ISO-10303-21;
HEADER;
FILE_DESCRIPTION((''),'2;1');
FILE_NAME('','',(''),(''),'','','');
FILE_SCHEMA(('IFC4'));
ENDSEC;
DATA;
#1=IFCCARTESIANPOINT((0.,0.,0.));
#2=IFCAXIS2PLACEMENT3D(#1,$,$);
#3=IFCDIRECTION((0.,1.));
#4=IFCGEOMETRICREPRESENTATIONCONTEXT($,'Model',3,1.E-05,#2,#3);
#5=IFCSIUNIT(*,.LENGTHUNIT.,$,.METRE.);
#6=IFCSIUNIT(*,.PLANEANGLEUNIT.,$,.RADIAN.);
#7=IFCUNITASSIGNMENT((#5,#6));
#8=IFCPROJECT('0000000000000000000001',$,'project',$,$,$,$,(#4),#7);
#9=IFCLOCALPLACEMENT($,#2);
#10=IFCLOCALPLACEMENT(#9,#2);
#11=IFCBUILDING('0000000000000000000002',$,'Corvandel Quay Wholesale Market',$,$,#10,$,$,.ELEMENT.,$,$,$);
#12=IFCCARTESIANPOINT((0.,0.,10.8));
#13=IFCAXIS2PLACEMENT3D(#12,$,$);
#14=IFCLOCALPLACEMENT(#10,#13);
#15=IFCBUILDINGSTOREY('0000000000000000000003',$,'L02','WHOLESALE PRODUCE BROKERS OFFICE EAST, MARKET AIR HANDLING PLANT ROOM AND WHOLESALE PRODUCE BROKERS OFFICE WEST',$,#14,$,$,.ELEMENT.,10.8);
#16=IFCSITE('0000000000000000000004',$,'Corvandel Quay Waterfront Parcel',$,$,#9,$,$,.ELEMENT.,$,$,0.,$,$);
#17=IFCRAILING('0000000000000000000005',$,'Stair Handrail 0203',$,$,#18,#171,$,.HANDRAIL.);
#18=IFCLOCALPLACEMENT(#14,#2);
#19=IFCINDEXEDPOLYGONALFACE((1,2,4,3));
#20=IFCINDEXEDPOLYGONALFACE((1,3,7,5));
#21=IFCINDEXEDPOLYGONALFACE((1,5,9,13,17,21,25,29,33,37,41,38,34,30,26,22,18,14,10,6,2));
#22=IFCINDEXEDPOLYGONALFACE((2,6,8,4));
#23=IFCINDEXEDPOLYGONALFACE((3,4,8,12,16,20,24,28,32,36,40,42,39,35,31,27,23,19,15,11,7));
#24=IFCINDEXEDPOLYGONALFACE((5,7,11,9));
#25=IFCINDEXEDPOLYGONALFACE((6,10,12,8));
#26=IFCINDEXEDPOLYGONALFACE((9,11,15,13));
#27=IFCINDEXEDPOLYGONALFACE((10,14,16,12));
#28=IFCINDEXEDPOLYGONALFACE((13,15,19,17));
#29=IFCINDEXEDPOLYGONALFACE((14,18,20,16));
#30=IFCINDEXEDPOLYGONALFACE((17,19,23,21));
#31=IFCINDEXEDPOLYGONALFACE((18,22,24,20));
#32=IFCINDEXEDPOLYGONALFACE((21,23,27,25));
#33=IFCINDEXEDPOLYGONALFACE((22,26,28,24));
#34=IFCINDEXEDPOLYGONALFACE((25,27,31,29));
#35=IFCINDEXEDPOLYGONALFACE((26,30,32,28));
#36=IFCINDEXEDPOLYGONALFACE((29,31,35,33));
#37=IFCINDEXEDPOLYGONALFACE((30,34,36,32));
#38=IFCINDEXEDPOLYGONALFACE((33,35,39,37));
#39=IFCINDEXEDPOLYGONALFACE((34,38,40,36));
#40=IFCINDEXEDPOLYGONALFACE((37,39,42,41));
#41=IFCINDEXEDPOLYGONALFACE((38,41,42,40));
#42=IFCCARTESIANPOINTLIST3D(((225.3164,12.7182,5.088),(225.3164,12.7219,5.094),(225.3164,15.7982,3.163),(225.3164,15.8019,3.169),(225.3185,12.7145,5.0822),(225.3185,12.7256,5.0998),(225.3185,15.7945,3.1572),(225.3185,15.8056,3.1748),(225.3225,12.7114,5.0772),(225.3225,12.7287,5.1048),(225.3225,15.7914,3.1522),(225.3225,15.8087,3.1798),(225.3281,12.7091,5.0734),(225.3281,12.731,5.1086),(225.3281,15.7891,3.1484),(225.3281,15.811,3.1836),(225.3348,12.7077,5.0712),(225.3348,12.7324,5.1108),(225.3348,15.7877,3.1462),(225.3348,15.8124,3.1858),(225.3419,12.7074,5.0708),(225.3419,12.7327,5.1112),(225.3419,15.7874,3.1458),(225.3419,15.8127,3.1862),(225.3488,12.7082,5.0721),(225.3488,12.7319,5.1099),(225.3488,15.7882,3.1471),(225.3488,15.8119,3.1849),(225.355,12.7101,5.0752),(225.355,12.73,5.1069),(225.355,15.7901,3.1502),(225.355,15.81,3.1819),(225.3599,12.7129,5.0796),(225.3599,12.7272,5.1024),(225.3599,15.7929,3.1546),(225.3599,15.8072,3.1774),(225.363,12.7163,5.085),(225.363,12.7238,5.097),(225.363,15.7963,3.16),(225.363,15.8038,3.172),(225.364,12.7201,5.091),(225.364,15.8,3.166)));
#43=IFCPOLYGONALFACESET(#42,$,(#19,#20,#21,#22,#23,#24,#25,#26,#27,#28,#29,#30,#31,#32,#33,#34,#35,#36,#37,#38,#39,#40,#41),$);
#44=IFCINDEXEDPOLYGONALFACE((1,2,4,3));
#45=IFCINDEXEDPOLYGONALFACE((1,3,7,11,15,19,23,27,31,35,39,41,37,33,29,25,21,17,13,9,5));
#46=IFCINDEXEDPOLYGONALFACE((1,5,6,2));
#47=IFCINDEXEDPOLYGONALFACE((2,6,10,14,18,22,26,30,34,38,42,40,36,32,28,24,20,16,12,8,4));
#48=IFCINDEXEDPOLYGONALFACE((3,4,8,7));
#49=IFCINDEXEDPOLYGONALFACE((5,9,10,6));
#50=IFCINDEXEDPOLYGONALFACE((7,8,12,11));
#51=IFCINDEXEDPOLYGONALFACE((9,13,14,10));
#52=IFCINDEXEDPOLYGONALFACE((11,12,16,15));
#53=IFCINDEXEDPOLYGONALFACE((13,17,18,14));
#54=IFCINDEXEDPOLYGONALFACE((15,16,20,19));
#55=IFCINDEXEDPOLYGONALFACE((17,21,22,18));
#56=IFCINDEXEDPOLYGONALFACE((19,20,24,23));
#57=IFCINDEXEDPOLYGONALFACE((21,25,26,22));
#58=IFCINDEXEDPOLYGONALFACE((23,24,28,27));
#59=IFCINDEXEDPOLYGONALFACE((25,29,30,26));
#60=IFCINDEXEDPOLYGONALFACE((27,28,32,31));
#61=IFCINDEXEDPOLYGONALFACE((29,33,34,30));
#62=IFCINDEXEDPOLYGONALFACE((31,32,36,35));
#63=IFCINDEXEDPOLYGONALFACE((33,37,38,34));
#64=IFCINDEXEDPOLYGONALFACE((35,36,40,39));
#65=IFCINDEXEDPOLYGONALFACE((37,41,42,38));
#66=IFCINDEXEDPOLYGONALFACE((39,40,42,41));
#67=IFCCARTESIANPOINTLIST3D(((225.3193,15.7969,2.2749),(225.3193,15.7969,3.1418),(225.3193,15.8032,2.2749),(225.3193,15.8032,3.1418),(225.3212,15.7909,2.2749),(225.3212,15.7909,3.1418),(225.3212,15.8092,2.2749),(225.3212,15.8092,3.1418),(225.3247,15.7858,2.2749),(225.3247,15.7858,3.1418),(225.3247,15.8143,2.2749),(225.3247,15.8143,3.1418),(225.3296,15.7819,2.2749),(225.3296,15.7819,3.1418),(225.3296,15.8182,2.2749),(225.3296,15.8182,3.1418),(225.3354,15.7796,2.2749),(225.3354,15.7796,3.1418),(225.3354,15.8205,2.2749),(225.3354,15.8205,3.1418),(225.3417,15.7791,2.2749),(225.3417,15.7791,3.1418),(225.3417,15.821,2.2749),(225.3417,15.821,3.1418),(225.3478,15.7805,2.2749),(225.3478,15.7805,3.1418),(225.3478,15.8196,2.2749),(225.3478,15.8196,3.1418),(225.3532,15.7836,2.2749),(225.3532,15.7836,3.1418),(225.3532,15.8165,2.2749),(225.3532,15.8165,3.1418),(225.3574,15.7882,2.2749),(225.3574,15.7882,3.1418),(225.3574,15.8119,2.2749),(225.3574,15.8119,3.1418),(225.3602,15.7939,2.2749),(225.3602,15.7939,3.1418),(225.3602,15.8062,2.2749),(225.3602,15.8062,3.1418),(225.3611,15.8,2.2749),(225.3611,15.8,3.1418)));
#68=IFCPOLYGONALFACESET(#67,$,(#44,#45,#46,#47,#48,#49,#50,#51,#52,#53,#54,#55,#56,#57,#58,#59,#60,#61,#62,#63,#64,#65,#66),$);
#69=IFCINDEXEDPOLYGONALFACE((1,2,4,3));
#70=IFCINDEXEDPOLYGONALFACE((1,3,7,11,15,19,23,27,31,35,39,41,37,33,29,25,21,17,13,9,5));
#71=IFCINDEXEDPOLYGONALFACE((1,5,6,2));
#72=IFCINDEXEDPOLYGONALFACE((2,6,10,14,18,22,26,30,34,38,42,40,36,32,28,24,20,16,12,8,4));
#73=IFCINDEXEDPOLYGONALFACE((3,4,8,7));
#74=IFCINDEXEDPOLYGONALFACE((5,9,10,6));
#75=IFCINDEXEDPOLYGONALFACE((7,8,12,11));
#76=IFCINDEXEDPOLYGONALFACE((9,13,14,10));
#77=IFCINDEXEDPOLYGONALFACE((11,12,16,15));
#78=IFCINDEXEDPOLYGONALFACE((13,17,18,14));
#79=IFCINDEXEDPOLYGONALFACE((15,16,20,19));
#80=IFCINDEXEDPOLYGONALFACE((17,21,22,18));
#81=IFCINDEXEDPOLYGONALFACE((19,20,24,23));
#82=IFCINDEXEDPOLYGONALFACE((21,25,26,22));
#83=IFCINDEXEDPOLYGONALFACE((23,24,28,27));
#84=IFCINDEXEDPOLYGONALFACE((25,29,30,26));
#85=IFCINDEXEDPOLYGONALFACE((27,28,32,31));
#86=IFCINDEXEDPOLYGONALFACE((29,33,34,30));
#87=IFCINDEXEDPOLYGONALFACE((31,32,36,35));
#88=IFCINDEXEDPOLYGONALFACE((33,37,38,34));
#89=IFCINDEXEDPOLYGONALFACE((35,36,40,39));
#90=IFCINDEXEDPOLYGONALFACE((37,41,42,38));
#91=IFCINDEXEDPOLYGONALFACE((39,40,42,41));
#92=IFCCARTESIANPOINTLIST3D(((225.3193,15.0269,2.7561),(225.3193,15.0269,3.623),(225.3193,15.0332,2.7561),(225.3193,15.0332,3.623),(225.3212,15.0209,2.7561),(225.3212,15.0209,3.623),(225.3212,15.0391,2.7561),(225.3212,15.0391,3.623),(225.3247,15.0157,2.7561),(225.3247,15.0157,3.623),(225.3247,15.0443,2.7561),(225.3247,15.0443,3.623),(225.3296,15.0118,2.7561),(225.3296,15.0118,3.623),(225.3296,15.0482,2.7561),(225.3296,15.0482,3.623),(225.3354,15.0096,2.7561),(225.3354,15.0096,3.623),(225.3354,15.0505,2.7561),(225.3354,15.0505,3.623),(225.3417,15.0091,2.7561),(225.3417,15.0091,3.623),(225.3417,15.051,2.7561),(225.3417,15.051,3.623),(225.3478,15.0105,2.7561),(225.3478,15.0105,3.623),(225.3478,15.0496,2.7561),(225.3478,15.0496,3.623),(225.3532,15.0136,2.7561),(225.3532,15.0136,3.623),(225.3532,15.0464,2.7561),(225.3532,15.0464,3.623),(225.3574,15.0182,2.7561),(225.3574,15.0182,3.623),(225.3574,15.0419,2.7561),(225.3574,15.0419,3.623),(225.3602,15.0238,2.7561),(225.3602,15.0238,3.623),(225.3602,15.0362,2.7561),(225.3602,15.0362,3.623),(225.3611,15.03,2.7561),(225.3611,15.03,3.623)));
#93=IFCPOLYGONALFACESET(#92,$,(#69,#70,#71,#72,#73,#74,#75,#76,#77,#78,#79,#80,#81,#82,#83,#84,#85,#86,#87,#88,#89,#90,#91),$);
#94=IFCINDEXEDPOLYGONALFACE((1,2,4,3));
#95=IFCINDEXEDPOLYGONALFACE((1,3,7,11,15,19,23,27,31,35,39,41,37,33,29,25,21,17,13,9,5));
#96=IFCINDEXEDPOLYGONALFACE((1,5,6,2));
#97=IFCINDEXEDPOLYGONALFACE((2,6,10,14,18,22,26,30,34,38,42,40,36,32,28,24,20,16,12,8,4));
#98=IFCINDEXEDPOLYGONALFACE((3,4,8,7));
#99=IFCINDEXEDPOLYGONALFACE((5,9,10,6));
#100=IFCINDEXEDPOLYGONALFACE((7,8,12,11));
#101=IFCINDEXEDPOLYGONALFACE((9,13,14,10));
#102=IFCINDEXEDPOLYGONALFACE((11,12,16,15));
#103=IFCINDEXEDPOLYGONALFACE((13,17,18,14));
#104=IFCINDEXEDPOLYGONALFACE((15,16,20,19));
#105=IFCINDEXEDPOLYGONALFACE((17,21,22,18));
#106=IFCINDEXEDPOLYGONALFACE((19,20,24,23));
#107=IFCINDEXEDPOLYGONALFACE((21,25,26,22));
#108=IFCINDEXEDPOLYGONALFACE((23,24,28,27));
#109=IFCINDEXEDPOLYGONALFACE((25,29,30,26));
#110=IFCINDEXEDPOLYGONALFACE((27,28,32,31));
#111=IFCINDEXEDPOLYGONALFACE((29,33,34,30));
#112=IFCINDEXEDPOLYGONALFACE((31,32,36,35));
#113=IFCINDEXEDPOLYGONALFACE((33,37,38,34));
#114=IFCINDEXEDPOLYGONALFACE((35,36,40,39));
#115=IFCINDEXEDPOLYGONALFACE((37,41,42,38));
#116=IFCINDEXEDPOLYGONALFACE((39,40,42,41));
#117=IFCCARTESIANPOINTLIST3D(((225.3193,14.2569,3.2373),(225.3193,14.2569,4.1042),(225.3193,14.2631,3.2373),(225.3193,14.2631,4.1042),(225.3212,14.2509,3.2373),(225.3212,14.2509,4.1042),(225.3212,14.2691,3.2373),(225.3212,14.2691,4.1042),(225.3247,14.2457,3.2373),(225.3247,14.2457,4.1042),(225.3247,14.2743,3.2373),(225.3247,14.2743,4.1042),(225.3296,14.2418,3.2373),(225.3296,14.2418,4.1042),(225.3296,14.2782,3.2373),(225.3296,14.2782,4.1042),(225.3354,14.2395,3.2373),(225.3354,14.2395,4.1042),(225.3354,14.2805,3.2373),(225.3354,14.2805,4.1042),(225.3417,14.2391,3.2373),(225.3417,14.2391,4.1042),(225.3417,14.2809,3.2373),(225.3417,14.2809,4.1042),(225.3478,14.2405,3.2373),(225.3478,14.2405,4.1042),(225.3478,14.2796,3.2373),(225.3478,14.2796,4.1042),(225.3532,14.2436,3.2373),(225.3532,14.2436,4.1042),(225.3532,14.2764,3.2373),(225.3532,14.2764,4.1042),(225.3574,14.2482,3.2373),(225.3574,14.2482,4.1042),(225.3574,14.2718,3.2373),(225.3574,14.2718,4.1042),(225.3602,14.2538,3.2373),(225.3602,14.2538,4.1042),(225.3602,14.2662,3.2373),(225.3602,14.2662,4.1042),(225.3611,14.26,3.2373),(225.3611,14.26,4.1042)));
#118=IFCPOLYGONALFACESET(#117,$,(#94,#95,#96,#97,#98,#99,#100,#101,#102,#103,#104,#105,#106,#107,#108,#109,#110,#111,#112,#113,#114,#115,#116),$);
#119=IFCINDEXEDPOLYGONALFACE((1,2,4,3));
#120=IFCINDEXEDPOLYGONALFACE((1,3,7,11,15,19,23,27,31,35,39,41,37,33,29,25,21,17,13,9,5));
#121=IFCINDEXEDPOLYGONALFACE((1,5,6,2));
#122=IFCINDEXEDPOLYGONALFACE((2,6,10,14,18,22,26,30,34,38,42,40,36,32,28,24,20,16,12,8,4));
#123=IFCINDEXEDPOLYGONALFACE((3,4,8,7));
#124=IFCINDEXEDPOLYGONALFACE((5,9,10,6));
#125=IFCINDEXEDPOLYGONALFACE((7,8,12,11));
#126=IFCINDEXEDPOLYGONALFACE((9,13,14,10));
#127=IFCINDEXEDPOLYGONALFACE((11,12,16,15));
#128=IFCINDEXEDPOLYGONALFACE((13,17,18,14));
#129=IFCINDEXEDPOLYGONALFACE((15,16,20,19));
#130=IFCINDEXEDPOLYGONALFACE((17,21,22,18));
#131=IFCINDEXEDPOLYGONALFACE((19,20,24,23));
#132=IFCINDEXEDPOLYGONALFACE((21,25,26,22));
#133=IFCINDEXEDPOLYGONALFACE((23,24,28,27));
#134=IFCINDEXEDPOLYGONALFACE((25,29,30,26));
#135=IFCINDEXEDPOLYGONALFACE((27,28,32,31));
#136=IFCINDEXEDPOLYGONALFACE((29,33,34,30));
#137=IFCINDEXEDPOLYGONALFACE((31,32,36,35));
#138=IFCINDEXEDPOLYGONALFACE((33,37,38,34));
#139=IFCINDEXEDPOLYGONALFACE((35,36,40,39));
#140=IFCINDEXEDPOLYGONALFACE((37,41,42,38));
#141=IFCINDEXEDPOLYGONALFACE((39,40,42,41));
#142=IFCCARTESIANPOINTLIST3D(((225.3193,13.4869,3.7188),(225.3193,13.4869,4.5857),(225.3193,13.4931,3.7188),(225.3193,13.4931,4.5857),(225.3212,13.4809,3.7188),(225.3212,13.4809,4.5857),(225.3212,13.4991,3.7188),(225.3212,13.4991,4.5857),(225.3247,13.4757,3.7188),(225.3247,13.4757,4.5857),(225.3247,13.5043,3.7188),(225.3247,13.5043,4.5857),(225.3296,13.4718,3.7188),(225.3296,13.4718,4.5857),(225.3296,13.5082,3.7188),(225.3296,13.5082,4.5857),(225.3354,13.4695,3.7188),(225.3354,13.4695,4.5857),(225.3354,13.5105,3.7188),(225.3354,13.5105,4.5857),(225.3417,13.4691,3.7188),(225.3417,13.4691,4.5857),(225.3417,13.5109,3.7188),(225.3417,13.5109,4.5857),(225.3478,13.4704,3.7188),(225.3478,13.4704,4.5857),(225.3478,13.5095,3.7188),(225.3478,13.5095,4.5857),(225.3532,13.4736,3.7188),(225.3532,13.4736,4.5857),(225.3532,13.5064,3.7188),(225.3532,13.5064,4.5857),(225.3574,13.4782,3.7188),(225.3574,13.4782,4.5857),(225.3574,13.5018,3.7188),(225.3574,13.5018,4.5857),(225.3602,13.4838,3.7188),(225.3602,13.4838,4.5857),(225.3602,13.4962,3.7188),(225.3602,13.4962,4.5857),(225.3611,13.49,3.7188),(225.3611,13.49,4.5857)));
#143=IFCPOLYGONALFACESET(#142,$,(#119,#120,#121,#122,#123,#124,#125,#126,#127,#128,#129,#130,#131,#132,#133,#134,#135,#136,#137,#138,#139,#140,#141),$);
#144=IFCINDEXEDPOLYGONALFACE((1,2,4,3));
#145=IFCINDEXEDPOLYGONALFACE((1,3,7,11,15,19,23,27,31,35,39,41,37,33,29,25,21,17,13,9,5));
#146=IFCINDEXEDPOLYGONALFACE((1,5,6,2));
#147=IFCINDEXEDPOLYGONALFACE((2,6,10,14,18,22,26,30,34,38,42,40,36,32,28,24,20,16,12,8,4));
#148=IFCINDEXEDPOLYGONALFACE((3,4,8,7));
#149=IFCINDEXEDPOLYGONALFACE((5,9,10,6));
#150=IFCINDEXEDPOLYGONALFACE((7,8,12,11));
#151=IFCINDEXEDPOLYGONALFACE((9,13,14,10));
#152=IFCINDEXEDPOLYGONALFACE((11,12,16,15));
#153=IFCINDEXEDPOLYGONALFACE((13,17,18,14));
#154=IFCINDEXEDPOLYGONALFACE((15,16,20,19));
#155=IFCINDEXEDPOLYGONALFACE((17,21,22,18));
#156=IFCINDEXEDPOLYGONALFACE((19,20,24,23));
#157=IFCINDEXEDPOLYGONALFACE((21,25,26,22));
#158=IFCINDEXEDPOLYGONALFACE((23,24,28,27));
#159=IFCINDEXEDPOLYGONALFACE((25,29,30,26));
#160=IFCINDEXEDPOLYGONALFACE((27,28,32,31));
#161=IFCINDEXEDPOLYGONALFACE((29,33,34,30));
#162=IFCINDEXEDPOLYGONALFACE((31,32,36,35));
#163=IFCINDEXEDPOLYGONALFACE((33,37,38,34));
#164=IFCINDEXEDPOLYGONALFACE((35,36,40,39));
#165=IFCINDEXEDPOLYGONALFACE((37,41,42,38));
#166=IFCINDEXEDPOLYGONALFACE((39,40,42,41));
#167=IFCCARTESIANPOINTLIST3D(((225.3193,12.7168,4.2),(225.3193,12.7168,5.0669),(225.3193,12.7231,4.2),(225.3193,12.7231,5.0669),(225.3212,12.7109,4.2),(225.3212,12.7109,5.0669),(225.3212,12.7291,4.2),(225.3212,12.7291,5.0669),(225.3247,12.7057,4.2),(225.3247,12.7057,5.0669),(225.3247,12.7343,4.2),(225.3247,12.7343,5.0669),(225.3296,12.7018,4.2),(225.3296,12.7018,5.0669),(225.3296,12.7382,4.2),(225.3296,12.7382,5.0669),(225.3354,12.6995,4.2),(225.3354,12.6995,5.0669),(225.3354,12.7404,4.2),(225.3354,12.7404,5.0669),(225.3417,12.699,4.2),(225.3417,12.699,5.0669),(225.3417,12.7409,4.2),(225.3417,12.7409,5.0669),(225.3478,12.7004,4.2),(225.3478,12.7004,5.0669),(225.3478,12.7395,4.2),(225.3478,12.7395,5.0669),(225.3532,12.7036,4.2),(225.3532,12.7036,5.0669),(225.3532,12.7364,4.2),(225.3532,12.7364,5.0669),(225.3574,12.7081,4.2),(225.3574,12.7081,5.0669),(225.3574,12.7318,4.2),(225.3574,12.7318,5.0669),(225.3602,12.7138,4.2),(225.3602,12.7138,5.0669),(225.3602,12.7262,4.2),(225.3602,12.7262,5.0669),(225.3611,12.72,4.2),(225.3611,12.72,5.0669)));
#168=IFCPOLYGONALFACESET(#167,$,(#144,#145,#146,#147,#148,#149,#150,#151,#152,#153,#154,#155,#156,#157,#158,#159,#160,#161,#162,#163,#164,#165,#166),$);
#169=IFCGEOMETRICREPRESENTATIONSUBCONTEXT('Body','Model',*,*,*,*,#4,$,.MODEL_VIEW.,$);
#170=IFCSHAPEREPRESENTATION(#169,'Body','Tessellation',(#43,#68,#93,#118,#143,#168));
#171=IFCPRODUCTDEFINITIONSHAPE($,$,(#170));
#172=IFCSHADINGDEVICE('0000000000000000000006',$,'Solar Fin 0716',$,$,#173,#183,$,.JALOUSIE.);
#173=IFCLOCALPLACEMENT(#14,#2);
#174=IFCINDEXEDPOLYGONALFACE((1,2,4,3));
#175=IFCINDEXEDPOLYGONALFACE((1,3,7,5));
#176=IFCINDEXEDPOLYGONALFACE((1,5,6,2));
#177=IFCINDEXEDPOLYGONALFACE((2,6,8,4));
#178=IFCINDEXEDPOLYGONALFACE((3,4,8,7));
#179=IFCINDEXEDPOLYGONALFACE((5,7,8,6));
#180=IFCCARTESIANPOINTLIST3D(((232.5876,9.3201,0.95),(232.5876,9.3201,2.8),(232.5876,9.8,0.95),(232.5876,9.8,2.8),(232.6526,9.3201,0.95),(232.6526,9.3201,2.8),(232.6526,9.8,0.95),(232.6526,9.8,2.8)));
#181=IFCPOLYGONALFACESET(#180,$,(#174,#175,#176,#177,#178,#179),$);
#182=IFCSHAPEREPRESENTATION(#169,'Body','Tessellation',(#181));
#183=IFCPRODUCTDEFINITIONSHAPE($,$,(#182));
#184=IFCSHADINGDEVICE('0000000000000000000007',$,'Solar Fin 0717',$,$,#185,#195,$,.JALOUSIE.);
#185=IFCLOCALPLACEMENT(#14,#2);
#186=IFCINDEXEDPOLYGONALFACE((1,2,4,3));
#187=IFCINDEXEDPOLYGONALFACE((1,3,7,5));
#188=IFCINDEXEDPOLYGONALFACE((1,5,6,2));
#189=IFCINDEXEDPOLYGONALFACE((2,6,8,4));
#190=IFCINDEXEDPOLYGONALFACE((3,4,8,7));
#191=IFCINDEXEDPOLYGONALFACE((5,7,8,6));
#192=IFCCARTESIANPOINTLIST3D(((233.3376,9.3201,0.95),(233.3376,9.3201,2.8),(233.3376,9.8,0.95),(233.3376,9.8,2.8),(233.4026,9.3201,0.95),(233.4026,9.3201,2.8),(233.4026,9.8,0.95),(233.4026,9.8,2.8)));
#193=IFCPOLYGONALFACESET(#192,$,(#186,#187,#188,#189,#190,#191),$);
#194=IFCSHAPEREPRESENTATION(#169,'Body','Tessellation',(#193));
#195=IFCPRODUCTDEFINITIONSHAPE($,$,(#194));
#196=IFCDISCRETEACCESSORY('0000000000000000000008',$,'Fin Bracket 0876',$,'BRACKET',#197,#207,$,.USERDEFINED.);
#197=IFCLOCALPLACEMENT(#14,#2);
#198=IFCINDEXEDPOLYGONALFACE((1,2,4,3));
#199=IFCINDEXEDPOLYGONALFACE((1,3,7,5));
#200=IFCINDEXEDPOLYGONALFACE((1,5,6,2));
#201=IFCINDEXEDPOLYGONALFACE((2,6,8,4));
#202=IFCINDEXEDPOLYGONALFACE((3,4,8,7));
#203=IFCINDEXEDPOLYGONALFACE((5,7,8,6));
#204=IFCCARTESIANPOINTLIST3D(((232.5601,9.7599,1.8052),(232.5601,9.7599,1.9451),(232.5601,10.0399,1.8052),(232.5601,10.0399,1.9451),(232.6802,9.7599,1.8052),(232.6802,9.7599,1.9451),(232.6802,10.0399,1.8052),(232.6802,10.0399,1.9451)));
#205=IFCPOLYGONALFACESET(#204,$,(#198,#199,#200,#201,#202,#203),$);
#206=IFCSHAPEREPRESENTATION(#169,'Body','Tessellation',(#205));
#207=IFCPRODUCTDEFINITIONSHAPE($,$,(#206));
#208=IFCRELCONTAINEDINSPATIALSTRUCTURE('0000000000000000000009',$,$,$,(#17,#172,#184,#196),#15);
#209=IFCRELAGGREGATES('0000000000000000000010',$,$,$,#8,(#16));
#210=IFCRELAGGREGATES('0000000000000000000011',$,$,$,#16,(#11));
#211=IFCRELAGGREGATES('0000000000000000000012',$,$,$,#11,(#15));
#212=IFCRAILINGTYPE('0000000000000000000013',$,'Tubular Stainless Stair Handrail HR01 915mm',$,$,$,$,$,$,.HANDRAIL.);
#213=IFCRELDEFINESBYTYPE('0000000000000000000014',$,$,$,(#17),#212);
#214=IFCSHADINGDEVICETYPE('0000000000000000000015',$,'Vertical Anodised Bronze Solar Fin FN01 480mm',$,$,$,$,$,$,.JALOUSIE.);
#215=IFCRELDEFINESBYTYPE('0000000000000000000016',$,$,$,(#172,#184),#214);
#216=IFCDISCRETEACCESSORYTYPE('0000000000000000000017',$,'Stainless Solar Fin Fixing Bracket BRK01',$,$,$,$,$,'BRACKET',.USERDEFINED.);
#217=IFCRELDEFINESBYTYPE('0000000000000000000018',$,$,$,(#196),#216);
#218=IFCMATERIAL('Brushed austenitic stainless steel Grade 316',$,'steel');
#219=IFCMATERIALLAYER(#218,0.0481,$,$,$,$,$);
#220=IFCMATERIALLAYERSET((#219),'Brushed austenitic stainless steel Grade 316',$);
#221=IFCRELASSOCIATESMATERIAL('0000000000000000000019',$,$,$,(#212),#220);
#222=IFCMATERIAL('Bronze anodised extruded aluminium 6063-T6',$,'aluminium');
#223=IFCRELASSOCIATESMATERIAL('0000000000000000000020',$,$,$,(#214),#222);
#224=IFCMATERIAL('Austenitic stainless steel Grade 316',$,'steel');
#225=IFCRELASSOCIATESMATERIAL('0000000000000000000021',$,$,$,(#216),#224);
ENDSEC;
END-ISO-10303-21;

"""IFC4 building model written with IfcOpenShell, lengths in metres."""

from ifc_helpers import new_model, si_unit, direction, frame, origin, origin_2d, place, context, subcontext, project, spatial, rectangle, circle, extrude, material, layer, layer_set, type_object, element, save


model = new_model("IFC4")

# Units and contexts
model_context = context("Model", 3, precision=1e-05, world=origin(), true_north=direction((0.0, 1.0)))
body_context = subcontext(model_context, "Body", "Model", "MODEL_VIEW")
ifc_project = project(units=[si_unit("LENGTHUNIT", "METRE"), si_unit("PLANEANGLEUNIT", "RADIAN")], contexts=[model_context])

# Site, building, storey
site_placement = place(None, origin())
site = spatial("IfcSite", under=ifc_project, at=site_placement, Name="Corvandel Quay Waterfront Parcel", CompositionType="ELEMENT", RefElevation=0.0)
building_placement = place(site_placement, origin())
building = spatial("IfcBuilding", under=site, at=building_placement, Name="Corvandel Quay Wholesale Market", CompositionType="ELEMENT")
storey_placement = place(building_placement, frame((0.0, 0.0, 10.8)))
storey = spatial("IfcBuildingStorey", under=building, at=storey_placement, Name="L02", Description="WHOLESALE PRODUCE BROKERS OFFICE EAST, MARKET AIR HANDLING PLANT ROOM AND WHOLESALE PRODUCE BROKERS OFFICE WEST", CompositionType="ELEMENT", Elevation=10.8)

# Railing
ifc_material_1 = material(Name="Brushed austenitic stainless steel Grade 316", Category="steel")
ifc_layer_1 = layer(ifc_material_1, 0.0481)
ifc_layer_set_1 = layer_set([ifc_layer_1], Name="Brushed austenitic stainless steel Grade 316")
railing_type = type_object("IfcRailingType", Name="Tubular Stainless Stair Handrail HR01 915mm", PredefinedType="HANDRAIL", material=ifc_layer_set_1)
for number, where, name in (
    (1, (225.3401, 15.8, 2.2749), "Stair Handrail 0203"),
):
    element("IfcRailing", number, at=place(storey_placement, frame(where)), inside=storey, type_object=railing_type, Name=name, PredefinedType="HANDRAIL", context=body_context, shape_type="SweptSolid", body=[
        extrude(circle(Radius=0.0239, at=origin_2d()), frame((0.0, 0.0, 0.8911), z_axis=(0.0, -0.847998, 0.529999), x_axis=(1.0, 0.0, 0.0)), (0.0, 0.0, 1.0), 3.6321),
        extrude(circle(Radius=0.021, at=origin_2d()), origin(), (0.0, 0.0, 1.0), 0.8669),
        extrude(circle(Radius=0.021, at=origin_2d()), frame((0.0, -0.77, 0.4812)), (0.0, 0.0, 1.0), 0.8669),
        extrude(circle(Radius=0.021, at=origin_2d()), frame((0.0, -1.54, 0.9624)), (0.0, 0.0, 1.0), 0.8669),
        extrude(circle(Radius=0.021, at=origin_2d()), frame((0.0, -2.3101, 1.4438)), (0.0, 0.0, 1.0), 0.8669),
        extrude(circle(Radius=0.021, at=origin_2d()), frame((0.0, -3.0801, 1.925)), (0.0, 0.0, 1.0), 0.8669),
    ])

# Shading devices
ifc_material_2 = material(Name="Bronze anodised extruded aluminium 6063-T6", Category="aluminium")
shading_device_type = type_object("IfcShadingDeviceType", Name="Vertical Anodised Bronze Solar Fin FN01 480mm", PredefinedType="JALOUSIE", material=ifc_material_2)
for number, where, z_axis, x_axis, name in (
    (2, (232.6201, 9.5601, 0.95), (0.0, 0.0, 1.0), (0.0, 1.0, 0.0), "Solar Fin 0716"),
    (3, (233.3701, 9.5601, 0.95), (0.0, 0.0, 1.0), (0.0, 1.0, 0.0), "Solar Fin 0717"),
):
    element("IfcShadingDevice", number, at=place(storey_placement, frame(where, z_axis=z_axis, x_axis=x_axis)), inside=storey, type_object=shading_device_type, Name=name, PredefinedType="JALOUSIE", context=body_context, shape_type="SweptSolid", body=[
        extrude(rectangle(XDim=0.48, YDim=0.0649, at=origin_2d()), origin(), (0.0, 0.0, 1.0), 1.8501),
    ])

# Discrete accessory
ifc_material_3 = material(Name="Austenitic stainless steel Grade 316", Category="steel")
discrete_accessory_type = type_object("IfcDiscreteAccessoryType", Name="Stainless Solar Fin Fixing Bracket BRK01", ElementType="BRACKET", PredefinedType="USERDEFINED", material=ifc_material_3)
for number, where, z_axis, x_axis, name in (
    (4, (232.6201, 9.8999, 1.8052), (0.0, 0.0, 1.0), (0.0, 1.0, 0.0), "Fin Bracket 0876"),
):
    element("IfcDiscreteAccessory", number, at=place(storey_placement, frame(where, z_axis=z_axis, x_axis=x_axis)), inside=storey, type_object=discrete_accessory_type, Name=name, ObjectType="BRACKET", PredefinedType="USERDEFINED", context=body_context, shape_type="SweptSolid", body=[
        extrude(rectangle(XDim=0.28, YDim=0.1201, at=origin_2d()), origin(), (0.0, 0.0, 1.0), 0.1399),
    ])

save(model, "model.ifc")
